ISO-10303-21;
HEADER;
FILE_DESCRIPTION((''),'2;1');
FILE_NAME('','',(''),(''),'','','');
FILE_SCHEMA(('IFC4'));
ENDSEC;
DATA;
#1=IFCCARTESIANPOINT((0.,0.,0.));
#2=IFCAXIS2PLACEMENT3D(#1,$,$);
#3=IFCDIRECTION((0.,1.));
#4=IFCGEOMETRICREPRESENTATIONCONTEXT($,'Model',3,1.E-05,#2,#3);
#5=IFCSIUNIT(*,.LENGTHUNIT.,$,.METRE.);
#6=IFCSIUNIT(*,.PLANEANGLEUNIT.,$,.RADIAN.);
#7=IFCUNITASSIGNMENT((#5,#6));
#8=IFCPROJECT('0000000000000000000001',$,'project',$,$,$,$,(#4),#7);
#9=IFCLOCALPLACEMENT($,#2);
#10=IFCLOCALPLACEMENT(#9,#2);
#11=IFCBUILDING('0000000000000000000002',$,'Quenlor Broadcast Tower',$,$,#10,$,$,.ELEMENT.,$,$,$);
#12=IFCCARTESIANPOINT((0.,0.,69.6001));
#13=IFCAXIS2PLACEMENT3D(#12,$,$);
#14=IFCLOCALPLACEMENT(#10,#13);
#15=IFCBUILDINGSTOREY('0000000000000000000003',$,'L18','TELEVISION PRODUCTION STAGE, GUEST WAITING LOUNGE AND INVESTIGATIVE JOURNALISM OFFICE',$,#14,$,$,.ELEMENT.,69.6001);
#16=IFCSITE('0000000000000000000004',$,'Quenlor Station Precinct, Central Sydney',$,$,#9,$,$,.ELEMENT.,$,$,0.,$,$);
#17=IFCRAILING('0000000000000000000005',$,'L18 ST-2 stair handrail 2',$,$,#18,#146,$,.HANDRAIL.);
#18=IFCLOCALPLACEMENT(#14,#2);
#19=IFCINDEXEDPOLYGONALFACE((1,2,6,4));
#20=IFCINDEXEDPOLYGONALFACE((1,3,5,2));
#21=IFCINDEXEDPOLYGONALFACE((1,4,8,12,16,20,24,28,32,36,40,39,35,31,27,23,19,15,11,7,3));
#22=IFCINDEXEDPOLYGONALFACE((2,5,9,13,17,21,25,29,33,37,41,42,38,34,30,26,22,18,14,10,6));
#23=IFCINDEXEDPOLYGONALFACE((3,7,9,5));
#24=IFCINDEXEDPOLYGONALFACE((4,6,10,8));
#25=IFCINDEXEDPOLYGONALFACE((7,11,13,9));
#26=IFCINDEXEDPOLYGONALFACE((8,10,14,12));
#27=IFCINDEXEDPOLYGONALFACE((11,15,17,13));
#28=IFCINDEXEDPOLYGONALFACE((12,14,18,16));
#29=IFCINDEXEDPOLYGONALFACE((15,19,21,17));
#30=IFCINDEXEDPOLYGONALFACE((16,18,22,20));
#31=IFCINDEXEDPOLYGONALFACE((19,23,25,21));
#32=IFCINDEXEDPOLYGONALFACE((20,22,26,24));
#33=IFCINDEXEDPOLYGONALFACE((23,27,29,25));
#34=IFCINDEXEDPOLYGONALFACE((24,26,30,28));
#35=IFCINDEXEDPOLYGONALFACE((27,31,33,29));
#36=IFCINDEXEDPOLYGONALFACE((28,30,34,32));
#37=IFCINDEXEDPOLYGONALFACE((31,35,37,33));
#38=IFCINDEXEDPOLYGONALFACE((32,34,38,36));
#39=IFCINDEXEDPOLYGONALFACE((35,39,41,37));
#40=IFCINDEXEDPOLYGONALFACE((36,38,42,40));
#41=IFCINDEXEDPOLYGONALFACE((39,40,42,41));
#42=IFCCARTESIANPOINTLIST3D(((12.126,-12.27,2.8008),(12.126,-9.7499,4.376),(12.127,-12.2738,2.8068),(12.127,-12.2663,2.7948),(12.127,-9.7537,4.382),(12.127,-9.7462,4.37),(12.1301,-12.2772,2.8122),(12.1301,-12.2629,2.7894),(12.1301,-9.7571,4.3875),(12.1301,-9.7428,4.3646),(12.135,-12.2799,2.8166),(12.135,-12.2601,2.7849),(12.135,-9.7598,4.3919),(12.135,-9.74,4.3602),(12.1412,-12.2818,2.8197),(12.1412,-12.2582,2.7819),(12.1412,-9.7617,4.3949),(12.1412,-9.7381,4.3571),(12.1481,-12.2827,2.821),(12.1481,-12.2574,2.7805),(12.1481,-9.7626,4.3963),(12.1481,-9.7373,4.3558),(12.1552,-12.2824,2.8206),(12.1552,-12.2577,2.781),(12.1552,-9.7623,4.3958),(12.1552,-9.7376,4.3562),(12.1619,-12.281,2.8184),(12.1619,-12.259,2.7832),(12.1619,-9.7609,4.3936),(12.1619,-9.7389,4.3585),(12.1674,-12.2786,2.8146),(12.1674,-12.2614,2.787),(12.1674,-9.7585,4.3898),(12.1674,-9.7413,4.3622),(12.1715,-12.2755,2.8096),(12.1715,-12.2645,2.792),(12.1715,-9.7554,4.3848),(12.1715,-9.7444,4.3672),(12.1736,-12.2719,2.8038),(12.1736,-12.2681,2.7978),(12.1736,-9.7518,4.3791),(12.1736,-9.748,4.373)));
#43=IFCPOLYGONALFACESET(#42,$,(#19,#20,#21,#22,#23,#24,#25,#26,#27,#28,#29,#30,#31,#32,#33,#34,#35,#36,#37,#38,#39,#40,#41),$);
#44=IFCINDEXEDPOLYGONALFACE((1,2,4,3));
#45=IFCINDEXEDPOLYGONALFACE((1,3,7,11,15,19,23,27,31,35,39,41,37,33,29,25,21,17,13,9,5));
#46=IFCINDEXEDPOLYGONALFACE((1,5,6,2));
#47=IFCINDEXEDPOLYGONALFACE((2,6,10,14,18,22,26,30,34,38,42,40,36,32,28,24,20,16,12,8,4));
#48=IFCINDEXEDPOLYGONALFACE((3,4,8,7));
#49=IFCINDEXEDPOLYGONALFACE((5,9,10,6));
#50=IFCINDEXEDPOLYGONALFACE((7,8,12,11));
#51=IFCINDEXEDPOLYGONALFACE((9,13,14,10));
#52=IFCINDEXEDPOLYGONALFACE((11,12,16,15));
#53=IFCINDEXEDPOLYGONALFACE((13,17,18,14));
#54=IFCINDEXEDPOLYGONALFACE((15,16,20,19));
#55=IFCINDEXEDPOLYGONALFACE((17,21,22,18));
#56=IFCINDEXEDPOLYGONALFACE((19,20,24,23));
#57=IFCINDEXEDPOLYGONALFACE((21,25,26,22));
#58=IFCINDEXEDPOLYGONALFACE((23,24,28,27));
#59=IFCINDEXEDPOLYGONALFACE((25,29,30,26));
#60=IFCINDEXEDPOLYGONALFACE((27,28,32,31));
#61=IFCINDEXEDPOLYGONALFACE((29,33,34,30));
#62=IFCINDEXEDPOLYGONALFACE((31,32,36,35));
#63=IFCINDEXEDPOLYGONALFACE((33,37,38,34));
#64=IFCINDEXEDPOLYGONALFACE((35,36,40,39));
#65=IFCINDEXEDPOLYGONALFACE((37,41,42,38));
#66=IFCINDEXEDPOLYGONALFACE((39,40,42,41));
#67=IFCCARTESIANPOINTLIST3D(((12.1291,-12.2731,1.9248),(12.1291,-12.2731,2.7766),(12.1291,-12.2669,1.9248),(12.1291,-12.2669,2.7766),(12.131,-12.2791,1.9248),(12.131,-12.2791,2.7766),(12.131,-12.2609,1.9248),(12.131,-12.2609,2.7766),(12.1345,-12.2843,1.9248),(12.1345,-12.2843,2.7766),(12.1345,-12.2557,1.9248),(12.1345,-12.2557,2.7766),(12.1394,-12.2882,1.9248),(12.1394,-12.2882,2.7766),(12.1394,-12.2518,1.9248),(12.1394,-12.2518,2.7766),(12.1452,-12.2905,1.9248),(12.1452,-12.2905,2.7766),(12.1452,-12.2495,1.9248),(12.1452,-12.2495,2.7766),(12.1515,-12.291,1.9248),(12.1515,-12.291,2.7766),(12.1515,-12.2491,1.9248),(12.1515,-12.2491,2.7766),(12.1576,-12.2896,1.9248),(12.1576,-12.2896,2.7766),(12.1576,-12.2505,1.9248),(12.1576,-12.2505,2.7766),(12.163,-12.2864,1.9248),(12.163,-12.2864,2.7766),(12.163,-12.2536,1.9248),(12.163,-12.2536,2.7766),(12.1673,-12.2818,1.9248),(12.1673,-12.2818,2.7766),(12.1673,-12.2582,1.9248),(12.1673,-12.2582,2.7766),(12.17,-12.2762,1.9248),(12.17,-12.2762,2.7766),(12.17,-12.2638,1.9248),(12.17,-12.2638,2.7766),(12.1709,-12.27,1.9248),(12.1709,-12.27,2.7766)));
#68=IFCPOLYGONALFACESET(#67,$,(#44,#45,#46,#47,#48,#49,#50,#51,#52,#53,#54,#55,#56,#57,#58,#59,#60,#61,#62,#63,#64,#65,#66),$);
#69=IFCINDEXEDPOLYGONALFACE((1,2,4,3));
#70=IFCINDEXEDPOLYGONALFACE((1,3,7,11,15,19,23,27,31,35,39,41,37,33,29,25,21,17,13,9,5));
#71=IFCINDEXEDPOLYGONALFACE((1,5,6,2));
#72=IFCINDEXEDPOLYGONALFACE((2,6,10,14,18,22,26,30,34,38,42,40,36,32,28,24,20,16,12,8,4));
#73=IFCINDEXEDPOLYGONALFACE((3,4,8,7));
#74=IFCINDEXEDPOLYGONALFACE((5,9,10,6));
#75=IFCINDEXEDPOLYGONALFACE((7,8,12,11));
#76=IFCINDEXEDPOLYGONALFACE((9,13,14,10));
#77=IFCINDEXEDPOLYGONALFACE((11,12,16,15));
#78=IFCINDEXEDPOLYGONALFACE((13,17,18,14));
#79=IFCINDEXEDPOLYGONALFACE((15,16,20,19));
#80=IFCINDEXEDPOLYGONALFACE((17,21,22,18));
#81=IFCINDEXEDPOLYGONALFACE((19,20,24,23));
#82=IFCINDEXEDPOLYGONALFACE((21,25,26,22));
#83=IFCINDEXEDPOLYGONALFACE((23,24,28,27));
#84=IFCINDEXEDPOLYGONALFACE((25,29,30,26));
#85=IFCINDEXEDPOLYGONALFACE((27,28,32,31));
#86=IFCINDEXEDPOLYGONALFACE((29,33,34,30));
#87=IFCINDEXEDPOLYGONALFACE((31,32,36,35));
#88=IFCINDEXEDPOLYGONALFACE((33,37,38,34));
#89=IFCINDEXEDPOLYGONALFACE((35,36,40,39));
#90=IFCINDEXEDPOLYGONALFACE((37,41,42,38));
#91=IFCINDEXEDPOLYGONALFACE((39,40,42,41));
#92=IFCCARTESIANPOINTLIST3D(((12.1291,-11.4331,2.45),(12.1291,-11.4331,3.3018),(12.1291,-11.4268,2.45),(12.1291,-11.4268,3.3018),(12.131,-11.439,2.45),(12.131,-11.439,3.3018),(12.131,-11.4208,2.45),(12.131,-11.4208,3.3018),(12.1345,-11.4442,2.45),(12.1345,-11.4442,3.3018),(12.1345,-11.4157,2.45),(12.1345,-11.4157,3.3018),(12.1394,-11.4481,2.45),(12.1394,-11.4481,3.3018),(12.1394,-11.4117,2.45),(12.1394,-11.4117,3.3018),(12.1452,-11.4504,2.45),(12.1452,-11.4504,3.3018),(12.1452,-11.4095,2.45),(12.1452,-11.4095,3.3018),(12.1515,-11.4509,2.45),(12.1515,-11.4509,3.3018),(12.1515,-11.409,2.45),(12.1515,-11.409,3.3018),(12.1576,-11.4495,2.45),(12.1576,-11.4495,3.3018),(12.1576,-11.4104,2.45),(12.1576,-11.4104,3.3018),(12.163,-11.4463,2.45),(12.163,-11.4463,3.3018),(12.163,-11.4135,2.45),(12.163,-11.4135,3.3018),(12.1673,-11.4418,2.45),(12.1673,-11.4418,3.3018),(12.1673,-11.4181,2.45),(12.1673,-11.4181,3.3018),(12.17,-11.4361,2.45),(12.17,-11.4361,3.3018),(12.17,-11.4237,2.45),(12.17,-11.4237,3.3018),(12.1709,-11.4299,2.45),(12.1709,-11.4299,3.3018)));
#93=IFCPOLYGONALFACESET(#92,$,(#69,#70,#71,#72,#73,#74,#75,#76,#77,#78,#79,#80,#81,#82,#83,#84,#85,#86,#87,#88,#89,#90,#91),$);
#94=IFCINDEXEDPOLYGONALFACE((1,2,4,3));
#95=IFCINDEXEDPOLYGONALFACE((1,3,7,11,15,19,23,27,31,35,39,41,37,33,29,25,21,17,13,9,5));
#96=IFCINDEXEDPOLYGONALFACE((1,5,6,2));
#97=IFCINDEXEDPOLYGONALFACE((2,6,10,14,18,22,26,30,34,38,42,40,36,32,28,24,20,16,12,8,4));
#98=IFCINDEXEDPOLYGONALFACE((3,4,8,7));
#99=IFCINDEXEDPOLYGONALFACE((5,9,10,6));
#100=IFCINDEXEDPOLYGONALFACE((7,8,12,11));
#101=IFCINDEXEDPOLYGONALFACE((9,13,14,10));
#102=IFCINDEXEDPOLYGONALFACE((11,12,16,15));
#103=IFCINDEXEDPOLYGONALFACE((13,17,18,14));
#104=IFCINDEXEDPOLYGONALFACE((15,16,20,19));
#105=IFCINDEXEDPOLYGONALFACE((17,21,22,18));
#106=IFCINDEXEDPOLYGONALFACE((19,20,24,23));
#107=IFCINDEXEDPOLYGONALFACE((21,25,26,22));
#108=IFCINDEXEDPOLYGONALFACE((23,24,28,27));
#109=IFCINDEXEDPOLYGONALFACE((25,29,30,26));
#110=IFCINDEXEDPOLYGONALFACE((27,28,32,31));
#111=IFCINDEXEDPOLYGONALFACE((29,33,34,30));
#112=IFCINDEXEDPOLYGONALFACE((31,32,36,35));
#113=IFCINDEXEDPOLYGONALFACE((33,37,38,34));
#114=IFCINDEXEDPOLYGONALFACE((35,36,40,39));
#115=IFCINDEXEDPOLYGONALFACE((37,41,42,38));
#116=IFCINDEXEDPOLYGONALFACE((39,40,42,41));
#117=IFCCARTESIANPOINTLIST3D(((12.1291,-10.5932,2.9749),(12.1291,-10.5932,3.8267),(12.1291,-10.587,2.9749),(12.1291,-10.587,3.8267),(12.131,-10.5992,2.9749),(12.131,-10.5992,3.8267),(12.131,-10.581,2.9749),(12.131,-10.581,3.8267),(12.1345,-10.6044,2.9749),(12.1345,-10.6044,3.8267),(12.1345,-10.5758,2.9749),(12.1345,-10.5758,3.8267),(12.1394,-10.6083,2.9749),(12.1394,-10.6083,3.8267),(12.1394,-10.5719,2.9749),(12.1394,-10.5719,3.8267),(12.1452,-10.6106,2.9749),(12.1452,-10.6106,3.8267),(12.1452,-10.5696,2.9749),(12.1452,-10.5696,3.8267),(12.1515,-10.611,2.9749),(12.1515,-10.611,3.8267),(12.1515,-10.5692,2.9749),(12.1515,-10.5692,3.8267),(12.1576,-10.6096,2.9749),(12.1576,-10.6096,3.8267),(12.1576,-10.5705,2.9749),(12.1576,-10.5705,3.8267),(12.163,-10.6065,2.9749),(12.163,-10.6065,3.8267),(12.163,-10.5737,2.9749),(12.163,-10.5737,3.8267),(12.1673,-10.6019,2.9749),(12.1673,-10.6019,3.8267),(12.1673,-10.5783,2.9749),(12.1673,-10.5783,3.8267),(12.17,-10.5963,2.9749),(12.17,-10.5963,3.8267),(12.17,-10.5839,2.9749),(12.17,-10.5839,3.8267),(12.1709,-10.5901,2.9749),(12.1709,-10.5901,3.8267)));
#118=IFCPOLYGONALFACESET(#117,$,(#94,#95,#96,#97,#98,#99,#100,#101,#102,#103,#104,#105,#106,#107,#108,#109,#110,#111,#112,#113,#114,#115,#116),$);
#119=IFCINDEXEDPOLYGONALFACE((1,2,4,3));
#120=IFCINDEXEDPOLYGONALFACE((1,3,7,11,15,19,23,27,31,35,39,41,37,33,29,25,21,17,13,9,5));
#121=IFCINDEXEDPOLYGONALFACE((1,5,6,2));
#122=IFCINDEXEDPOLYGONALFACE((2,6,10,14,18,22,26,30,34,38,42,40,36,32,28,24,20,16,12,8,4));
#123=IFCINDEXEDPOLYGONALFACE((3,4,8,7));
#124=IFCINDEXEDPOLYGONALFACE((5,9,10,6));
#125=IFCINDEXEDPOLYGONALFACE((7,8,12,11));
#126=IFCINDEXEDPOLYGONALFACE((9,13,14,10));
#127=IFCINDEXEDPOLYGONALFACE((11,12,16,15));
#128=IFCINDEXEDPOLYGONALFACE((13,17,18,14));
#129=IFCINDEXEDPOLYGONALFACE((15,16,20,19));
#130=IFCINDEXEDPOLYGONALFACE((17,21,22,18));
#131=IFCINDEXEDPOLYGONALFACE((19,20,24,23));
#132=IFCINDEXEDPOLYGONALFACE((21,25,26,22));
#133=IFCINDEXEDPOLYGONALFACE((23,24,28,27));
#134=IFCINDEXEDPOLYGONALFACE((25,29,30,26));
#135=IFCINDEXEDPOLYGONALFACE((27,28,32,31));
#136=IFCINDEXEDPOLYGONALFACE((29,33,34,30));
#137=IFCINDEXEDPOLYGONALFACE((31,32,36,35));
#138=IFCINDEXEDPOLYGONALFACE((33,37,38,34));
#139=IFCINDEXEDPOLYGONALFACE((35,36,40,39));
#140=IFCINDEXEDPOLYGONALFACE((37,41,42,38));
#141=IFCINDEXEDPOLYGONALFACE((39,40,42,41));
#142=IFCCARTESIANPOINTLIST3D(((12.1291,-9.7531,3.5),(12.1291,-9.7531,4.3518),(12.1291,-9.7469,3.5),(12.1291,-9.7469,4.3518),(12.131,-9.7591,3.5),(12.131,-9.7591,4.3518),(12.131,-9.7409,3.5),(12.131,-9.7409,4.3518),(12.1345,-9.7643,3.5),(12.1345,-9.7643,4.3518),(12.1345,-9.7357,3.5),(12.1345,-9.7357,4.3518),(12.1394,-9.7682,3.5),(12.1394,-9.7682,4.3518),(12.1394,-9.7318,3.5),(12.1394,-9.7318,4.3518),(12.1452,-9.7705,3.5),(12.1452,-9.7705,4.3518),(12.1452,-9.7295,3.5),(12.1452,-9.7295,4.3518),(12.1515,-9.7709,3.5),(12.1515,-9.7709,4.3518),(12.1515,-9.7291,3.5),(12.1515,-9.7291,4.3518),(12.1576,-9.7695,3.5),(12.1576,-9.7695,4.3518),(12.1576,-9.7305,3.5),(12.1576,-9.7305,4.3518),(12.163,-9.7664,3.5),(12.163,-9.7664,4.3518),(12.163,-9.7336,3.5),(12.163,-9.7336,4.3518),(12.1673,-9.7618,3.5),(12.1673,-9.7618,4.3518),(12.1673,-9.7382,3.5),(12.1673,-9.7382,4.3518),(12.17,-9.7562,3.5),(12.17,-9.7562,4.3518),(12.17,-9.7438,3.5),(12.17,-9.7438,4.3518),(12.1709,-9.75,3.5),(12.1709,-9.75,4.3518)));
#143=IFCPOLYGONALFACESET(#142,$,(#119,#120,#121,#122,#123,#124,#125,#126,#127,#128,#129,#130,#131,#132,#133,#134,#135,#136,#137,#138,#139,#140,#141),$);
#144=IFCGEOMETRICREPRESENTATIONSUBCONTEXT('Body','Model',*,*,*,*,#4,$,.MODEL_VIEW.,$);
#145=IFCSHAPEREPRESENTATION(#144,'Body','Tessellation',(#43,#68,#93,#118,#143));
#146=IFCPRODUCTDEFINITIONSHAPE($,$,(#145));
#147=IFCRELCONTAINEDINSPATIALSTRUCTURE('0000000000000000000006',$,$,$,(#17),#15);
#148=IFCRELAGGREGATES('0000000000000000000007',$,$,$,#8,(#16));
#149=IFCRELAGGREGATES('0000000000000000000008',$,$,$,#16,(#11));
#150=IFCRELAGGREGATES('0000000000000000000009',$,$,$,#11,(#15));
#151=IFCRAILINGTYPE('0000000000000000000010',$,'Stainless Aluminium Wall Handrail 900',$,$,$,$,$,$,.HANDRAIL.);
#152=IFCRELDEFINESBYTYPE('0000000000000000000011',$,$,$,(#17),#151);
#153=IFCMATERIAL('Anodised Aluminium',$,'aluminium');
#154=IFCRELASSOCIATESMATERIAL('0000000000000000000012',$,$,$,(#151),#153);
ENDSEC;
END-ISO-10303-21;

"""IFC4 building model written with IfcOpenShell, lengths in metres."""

from ifc_helpers import new_model, si_unit, direction, frame, origin, origin_2d, place, context, subcontext, project, spatial, circle, extrude, material, type_object, element, save


model = new_model("IFC4")

# Units and contexts
model_context = context("Model", 3, precision=1e-05, world=origin(), true_north=direction((0.0, 1.0)))
body_context = subcontext(model_context, "Body", "Model", "MODEL_VIEW")
ifc_project = project(units=[si_unit("LENGTHUNIT", "METRE"), si_unit("PLANEANGLEUNIT", "RADIAN")], contexts=[model_context])

# Site, building, storey
site_placement = place(None, origin())
site = spatial("IfcSite", under=ifc_project, at=site_placement, Name="Quenlor Station Precinct, Central Sydney", CompositionType="ELEMENT", RefElevation=0.0)
building_placement = place(site_placement, origin())
building = spatial("IfcBuilding", under=site, at=building_placement, Name="Quenlor Broadcast Tower", CompositionType="ELEMENT")
storey_placement = place(building_placement, frame((0.0, 0.0, 69.6001)))
storey = spatial("IfcBuildingStorey", under=building, at=storey_placement, Name="L18", Description="TELEVISION PRODUCTION STAGE, GUEST WAITING LOUNGE AND INVESTIGATIVE JOURNALISM OFFICE", CompositionType="ELEMENT", Elevation=69.6001)

# Railing
ifc_material_1 = material(Name="Anodised Aluminium", Category="aluminium")
railing_type = type_object("IfcRailingType", Name="Stainless Aluminium Wall Handrail 900", PredefinedType="HANDRAIL", material=ifc_material_1)
railing_placement = place(storey_placement, frame((12.1499, -12.27, 1.9248)))
element("IfcRailing", 1, at=railing_placement, inside=storey, type_object=railing_type, Name="L18 ST-2 stair handrail 2", PredefinedType="HANDRAIL", context=body_context, shape_type="SweptSolid", body=[
    extrude(circle(Radius=0.0239, at=origin_2d()), frame((0.0, 0.0, 0.876), z_axis=(0.0, 0.847971, 0.530043), x_axis=(-1.0, 0.0, 0.0)), (0.0, 0.0, 1.0), 2.9719),
    extrude(circle(Radius=0.021, at=origin_2d()), origin(), (0.0, 0.0, 1.0), 0.8518),
    extrude(circle(Radius=0.021, at=origin_2d()), frame((0.0, 0.8401, 0.5251)), (0.0, 0.0, 1.0), 0.8518),
    extrude(circle(Radius=0.021, at=origin_2d()), frame((0.0, 1.6799, 1.05)), (0.0, 0.0, 1.0), 0.8518),
    extrude(circle(Radius=0.021, at=origin_2d()), frame((0.0, 2.52, 1.5752)), (0.0, 0.0, 1.0), 0.8518),
])

save(model, "model.ifc")
